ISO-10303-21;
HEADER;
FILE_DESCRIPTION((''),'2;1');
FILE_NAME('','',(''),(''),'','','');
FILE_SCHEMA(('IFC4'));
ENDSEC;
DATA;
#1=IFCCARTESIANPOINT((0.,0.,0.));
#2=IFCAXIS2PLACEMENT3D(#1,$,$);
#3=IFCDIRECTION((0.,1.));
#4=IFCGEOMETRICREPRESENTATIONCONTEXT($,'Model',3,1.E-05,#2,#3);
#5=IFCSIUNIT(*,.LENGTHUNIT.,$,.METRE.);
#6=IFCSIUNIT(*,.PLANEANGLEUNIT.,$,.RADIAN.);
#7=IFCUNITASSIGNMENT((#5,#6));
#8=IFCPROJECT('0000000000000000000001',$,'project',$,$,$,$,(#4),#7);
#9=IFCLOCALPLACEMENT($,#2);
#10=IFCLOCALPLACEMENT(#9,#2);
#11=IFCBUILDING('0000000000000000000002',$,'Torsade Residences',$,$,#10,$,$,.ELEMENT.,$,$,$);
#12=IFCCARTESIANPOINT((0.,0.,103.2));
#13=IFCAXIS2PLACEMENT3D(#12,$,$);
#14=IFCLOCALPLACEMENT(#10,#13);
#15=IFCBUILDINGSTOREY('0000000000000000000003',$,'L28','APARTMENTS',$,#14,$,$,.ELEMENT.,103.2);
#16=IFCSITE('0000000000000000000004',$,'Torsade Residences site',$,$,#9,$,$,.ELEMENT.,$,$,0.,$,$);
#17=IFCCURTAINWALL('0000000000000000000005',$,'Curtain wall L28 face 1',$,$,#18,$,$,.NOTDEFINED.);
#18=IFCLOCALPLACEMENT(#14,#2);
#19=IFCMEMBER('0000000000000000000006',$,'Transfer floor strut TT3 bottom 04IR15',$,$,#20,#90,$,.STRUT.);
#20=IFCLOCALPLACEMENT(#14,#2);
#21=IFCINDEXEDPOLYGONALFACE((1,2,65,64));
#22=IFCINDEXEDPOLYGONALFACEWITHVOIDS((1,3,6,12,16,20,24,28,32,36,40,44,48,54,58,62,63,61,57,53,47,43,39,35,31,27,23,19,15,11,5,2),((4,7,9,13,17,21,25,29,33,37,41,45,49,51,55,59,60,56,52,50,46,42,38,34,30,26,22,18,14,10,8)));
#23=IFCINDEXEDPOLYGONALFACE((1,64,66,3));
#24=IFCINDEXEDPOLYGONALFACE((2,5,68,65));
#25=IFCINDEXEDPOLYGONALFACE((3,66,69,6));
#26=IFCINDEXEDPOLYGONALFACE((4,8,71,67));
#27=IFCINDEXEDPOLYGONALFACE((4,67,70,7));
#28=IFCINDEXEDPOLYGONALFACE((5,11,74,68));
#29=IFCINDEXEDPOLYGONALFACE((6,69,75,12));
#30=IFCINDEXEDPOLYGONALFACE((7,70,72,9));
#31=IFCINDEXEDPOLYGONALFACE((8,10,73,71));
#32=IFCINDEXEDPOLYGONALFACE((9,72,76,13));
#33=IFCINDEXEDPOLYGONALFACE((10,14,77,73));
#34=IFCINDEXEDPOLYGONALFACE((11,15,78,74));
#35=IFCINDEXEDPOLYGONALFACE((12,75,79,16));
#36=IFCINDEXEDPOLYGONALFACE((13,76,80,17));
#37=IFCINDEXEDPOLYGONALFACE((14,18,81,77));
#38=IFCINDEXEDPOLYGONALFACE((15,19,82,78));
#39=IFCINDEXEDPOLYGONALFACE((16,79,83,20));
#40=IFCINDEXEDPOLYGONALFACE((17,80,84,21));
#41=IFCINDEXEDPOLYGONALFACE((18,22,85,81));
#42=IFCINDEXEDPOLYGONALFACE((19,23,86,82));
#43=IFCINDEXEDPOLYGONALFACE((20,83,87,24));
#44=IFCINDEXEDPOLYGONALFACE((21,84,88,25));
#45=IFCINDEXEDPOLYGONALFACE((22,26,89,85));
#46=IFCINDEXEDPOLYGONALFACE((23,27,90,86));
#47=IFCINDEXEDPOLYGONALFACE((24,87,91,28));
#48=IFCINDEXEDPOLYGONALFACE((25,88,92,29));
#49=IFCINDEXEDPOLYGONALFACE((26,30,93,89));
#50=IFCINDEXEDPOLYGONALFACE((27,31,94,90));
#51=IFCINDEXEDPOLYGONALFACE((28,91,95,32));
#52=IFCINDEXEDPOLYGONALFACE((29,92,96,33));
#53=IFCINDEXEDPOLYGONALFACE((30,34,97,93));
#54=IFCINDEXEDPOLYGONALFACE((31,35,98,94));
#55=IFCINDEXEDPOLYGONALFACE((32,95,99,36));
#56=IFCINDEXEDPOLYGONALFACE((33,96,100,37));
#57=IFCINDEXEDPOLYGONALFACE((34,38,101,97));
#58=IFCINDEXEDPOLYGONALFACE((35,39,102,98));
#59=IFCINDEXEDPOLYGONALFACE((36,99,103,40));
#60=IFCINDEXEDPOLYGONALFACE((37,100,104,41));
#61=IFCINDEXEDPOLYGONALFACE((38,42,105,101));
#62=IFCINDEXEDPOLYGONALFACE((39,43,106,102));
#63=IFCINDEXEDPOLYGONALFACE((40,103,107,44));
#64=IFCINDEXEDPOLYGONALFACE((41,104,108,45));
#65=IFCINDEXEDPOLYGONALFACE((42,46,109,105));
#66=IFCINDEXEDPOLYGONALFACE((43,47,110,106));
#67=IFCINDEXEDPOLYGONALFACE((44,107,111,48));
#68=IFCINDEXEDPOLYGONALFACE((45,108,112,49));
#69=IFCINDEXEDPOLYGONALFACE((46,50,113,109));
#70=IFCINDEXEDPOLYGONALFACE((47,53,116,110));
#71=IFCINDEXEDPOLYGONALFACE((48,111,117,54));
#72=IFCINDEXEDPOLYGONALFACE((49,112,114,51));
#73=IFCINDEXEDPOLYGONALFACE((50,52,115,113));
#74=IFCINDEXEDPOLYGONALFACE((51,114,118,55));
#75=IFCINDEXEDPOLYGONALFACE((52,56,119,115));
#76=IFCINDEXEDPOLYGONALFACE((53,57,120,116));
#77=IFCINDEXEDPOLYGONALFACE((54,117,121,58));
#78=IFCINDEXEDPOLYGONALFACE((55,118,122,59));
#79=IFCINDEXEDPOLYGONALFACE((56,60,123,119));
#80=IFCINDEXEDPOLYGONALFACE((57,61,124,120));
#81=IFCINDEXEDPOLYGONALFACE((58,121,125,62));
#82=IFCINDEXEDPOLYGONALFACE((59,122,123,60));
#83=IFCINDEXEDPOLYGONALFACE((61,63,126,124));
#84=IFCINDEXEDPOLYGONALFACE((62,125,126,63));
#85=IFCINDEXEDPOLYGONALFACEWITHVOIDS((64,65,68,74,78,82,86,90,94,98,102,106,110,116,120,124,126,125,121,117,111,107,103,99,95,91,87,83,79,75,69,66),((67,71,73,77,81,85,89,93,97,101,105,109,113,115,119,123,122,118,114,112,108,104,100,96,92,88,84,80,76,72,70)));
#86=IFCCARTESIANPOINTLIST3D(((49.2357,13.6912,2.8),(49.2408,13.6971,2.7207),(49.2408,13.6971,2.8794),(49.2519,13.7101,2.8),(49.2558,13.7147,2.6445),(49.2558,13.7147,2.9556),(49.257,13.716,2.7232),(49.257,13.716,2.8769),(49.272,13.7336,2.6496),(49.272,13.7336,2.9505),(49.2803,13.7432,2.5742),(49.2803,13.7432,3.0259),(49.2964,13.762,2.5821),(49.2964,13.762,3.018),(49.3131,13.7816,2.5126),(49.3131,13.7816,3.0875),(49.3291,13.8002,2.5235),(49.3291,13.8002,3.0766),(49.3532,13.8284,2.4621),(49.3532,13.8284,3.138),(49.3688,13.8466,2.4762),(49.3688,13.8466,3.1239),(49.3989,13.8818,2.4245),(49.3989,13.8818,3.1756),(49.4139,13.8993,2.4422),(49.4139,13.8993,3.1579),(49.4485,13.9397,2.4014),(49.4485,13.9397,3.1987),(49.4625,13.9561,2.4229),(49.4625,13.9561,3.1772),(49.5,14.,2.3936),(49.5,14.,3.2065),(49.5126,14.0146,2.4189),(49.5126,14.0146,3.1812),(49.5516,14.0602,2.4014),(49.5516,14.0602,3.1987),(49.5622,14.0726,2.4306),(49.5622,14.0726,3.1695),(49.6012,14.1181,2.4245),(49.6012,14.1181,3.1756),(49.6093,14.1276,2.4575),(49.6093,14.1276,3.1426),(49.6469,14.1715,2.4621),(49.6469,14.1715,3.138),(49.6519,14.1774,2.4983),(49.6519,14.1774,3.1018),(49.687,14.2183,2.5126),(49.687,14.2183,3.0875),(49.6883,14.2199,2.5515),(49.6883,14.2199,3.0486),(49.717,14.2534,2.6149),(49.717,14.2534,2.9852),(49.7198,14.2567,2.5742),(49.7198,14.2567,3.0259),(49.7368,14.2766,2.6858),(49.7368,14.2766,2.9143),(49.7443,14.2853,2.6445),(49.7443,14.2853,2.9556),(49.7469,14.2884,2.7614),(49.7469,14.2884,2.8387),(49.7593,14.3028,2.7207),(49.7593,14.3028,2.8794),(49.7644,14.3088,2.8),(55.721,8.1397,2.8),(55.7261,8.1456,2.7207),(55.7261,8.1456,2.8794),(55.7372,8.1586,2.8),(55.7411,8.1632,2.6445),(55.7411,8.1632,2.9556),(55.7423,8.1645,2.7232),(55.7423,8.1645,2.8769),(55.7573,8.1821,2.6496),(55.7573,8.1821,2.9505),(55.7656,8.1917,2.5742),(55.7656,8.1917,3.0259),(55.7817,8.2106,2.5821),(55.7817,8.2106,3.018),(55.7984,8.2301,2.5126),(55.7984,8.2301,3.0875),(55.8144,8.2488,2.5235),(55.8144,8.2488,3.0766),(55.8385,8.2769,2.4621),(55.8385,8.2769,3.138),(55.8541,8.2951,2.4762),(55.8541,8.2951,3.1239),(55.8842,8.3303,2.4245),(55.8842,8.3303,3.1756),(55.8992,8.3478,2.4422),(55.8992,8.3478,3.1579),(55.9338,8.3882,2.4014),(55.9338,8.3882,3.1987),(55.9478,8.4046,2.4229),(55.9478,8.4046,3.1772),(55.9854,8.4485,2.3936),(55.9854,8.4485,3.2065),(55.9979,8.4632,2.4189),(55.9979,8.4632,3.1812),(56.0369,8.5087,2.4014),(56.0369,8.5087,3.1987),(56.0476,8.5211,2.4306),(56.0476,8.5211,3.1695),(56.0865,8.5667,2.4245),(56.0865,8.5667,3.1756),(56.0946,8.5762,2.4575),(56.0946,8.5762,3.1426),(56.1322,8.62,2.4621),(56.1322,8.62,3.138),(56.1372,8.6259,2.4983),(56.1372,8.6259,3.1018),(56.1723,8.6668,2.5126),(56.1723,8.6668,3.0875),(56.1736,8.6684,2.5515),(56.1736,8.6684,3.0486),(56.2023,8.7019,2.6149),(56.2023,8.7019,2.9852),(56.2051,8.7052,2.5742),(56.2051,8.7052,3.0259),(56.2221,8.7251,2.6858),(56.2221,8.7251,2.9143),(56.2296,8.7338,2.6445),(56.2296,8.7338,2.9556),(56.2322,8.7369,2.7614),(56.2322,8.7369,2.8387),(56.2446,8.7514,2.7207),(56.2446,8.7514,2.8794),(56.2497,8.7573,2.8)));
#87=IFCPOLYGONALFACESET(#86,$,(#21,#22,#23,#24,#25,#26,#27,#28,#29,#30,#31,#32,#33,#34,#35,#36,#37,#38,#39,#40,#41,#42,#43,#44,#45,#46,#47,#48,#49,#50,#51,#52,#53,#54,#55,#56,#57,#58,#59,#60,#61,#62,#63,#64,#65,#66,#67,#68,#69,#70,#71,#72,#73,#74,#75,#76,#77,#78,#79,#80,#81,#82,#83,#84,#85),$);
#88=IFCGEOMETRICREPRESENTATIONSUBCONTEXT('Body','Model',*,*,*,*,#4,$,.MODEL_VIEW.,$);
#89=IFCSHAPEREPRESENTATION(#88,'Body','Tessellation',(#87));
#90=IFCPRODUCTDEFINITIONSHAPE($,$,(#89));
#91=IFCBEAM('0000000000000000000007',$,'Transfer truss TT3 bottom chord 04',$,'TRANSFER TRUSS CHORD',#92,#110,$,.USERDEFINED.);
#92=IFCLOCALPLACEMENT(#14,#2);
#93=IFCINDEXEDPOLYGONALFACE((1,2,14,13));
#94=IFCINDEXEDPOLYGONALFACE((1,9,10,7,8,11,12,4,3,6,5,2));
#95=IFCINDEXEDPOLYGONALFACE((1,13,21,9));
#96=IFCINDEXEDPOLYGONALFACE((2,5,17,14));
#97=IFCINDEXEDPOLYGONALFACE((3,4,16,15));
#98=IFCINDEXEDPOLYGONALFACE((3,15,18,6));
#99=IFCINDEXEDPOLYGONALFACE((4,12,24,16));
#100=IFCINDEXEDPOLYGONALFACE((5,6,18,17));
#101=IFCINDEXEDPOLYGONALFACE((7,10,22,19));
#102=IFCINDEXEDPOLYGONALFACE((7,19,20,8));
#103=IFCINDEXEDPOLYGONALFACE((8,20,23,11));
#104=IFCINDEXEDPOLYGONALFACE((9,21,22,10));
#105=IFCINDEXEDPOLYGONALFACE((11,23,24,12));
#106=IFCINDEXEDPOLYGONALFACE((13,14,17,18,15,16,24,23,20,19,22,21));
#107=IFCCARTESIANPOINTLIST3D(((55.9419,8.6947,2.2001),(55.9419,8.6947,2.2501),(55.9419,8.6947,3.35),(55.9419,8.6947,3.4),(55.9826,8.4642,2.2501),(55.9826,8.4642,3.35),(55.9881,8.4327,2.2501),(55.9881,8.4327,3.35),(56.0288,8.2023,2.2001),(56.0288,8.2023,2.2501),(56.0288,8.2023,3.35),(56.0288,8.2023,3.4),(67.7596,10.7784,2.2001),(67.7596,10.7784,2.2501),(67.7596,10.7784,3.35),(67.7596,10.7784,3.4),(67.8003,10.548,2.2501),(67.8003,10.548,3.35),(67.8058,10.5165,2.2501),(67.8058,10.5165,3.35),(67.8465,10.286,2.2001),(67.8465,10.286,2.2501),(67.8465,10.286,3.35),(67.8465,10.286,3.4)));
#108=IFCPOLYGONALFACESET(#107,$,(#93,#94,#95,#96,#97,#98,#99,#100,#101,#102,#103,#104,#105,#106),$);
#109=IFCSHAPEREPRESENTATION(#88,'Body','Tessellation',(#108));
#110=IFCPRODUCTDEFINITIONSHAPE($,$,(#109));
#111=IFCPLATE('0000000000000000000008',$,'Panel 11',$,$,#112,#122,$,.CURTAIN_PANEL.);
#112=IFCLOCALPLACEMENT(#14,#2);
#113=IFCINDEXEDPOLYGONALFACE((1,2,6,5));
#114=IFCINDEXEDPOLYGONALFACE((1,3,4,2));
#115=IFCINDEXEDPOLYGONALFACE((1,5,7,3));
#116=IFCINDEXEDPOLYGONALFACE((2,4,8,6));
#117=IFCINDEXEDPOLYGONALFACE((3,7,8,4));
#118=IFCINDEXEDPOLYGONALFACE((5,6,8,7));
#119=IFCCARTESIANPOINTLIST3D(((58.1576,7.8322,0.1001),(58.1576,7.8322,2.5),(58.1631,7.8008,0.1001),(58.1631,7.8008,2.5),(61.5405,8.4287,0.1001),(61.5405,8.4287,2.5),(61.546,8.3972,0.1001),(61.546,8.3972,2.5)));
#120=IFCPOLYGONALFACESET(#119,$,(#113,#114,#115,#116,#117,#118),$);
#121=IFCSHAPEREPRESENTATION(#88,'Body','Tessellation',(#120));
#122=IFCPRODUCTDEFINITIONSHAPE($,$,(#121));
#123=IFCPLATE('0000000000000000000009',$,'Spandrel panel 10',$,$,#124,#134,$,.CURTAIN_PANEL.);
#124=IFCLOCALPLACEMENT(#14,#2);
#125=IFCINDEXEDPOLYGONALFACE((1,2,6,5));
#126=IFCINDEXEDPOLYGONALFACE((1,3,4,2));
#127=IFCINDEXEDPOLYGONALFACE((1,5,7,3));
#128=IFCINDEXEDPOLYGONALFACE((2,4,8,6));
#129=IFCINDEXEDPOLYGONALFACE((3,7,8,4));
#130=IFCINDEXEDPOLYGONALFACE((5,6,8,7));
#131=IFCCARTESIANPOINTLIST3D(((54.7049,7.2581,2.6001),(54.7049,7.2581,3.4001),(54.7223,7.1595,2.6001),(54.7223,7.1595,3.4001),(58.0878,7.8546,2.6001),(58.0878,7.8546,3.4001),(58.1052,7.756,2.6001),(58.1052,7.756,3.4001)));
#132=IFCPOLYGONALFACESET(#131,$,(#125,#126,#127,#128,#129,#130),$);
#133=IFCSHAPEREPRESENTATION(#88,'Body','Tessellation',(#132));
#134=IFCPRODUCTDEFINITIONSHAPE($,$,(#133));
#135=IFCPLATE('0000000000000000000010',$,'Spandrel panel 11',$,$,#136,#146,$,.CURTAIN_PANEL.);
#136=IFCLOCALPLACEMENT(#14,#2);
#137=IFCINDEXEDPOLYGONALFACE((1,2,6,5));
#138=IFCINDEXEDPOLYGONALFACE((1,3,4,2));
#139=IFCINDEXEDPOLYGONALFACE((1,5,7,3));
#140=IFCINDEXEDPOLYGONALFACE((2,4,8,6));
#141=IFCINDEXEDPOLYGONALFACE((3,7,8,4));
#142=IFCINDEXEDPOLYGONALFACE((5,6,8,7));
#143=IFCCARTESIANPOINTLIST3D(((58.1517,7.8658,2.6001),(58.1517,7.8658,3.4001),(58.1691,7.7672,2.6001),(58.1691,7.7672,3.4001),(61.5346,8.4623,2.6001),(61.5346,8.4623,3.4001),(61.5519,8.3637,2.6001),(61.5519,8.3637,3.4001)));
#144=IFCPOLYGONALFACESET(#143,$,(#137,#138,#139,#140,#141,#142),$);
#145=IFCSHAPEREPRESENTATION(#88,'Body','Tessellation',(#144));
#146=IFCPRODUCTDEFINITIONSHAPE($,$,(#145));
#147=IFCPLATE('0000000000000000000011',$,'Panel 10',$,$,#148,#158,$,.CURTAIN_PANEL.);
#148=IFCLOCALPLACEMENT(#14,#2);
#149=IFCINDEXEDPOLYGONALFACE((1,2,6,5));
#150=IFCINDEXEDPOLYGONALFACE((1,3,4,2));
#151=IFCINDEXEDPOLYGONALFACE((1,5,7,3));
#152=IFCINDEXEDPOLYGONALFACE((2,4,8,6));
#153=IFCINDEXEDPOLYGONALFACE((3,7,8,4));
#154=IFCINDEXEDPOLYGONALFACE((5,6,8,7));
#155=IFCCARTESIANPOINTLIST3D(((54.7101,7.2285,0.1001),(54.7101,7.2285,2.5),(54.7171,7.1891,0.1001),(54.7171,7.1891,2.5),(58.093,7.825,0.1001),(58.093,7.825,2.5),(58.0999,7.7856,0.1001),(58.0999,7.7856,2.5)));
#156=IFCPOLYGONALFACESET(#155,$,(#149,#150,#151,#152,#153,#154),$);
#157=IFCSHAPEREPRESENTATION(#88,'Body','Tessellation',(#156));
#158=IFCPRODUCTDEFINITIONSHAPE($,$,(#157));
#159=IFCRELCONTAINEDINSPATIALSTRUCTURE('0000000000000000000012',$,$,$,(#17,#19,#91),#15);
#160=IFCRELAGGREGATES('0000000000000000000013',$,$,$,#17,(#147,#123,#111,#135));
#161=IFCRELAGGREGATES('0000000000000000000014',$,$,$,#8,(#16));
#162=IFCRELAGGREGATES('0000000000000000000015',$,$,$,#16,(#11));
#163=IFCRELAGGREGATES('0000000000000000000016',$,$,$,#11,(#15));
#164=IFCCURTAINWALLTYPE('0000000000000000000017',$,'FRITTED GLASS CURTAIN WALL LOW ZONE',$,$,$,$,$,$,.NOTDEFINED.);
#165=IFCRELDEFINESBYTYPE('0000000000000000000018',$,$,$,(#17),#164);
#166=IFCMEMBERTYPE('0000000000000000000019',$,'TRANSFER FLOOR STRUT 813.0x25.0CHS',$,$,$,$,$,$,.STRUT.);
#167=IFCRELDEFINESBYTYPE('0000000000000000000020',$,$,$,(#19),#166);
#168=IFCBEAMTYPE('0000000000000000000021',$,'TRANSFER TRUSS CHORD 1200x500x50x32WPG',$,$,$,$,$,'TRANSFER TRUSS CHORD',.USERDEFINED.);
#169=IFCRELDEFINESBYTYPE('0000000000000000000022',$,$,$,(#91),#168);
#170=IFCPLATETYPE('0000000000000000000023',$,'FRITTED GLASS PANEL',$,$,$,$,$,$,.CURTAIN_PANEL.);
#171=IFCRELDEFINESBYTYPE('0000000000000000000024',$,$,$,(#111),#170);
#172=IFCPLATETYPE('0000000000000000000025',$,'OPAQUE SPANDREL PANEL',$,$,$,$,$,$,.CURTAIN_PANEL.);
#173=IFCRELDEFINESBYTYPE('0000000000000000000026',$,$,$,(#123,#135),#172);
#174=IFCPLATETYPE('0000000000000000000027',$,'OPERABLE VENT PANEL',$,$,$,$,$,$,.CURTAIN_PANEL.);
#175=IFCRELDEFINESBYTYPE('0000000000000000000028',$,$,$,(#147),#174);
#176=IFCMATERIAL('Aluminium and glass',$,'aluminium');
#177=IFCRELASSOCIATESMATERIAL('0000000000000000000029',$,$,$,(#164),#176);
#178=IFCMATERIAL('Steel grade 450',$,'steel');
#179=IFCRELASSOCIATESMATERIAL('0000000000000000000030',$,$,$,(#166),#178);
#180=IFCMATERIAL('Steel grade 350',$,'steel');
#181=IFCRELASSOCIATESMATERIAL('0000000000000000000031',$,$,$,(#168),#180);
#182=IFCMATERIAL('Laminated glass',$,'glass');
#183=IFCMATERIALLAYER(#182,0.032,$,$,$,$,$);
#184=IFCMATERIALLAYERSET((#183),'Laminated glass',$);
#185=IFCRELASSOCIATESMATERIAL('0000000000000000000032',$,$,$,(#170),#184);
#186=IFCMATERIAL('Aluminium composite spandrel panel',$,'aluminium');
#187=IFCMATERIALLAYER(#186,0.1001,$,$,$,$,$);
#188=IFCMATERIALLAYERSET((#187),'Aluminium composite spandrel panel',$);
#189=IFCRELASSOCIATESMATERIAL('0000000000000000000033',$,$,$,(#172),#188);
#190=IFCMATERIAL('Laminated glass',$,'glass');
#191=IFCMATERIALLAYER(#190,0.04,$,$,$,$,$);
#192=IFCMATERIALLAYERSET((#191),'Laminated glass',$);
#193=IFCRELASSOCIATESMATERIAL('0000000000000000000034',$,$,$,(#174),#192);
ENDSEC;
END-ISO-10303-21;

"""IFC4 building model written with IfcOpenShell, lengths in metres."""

from ifc_helpers import new_model, si_unit, direction, frame, origin, origin_2d, place, context, subcontext, project, spatial, rectangle, hollow_circle, i_section, extrude, material, layer, layer_set, material_profile, profile_set, type_object, element, aggregate, save


model = new_model("IFC4")

# Units and contexts
model_context = context("Model", 3, precision=1e-05, world=origin(), true_north=direction((0.0, 1.0)))
body_context = subcontext(model_context, "Body", "Model", "MODEL_VIEW")
ifc_project = project(units=[si_unit("LENGTHUNIT", "METRE"), si_unit("PLANEANGLEUNIT", "RADIAN")], contexts=[model_context])

# Site, building, storey
site_placement = place(None, origin())
site = spatial("IfcSite", under=ifc_project, at=site_placement, Name="Torsade Residences site", CompositionType="ELEMENT", RefElevation=0.0)
building_placement = place(site_placement, origin())
building = spatial("IfcBuilding", under=site, at=building_placement, Name="Torsade Residences", CompositionType="ELEMENT")
storey_placement = place(building_placement, frame((0.0, 0.0, 103.2)))
storey = spatial("IfcBuildingStorey", under=building, at=storey_placement, Name="L28", Description="APARTMENTS", CompositionType="ELEMENT", Elevation=103.2)

# Curtain wall
ifc_material_1 = material(Name="Aluminium and glass", Category="aluminium")
curtain_wall_type = type_object("IfcCurtainWallType", Name="FRITTED GLASS CURTAIN WALL LOW ZONE", PredefinedType="NOTDEFINED", material=ifc_material_1)
curtain_wall_placement = place(storey_placement, origin())
curtain_wall = element("IfcCurtainWall", 1, at=curtain_wall_placement, inside=storey, type_object=curtain_wall_type, Name="Curtain wall L28 face 1", PredefinedType="NOTDEFINED")

# Member
ifc_material_2 = material(Name="Steel grade 450", Category="steel")
ifc_material_profile_1 = material_profile(ifc_material_2, hollow_circle(Radius=0.4065, WallThickness=0.0249, at=origin_2d()), Name="813.0x25.0CHS")
ifc_profile_set_1 = profile_set([ifc_material_profile_1], Name="Steel grade 450")
member_type_1 = type_object("IfcMemberType", Name="TRANSFER FLOOR STRUT 813.0x25.0CHS", PredefinedType="STRUT", material=ifc_profile_set_1)
member_1_placement = place(storey_placement, frame((55.9854, 8.4485, 2.8), z_axis=(-0.759682, 0.650294, 0.0), x_axis=(-0.650294, -0.759682, 0.0)))
element("IfcMember", 2, at=member_1_placement, inside=storey, type_object=member_type_1, Name="Transfer floor strut TT3 bottom 04IR15", PredefinedType="STRUT", context=body_context, shape_type="SweptSolid", body=[
    extrude(hollow_circle(Radius=0.4065, WallThickness=0.0249, at=origin_2d()), origin(), (0.0, 0.0, 1.0), 8.5369),
])

# Beam
ifc_material_3 = material(Name="Steel grade 350", Category="steel")
ifc_material_profile_2 = material_profile(ifc_material_3, i_section(OverallWidth=0.5, OverallDepth=1.2, WebThickness=0.032, FlangeThickness=0.05, at=origin_2d()), Name="1200x500x50x32WPG")
ifc_profile_set_2 = profile_set([ifc_material_profile_2], Name="Steel grade 350")
beam_type_1 = type_object("IfcBeamType", Name="TRANSFER TRUSS CHORD 1200x500x50x32WPG", ElementType="TRANSFER TRUSS CHORD", PredefinedType="USERDEFINED", material=ifc_profile_set_2)
beam_1_placement = place(storey_placement, frame((55.9854, 8.4485, 2.8), z_axis=(0.984808, 0.173646, 0.0), x_axis=(-0.173646, 0.984808, 0.0)))
element("IfcBeam", 3, at=beam_1_placement, inside=storey, type_object=beam_type_1, Name="Transfer truss TT3 bottom chord 04", ObjectType="TRANSFER TRUSS CHORD", PredefinedType="USERDEFINED", context=body_context, shape_type="SweptSolid", body=[
    extrude(i_section(OverallWidth=0.5, OverallDepth=1.2, WebThickness=0.032, FlangeThickness=0.05, at=origin_2d()), origin(), (0.0, 0.0, 1.0), 12.0),
])

# Plates
ifc_material_4 = material(Name="Laminated glass", Category="glass")
ifc_layer_1 = layer(ifc_material_4, 0.032)
ifc_layer_set_1 = layer_set([ifc_layer_1], Name="Laminated glass")
plate_type_1 = type_object("IfcPlateType", Name="FRITTED GLASS PANEL", PredefinedType="CURTAIN_PANEL", material=ifc_layer_set_1)
plate_1_placement = place(storey_placement, frame((59.8518, 8.1147, 0.1001), z_axis=(0.0, 0.0, 1.0), x_axis=(0.984808, 0.173648, 0.0)))
plate_1 = element("IfcPlate", 4, at=plate_1_placement, type_object=plate_type_1, Name="Panel 11", PredefinedType="CURTAIN_PANEL", context=body_context, shape_type="SweptSolid", body=[
    extrude(rectangle(XDim=3.4351, YDim=0.032, at=origin_2d()), origin(), (0.0, 0.0, 1.0), 2.3999),
])
ifc_material_5 = material(Name="Aluminium composite spandrel panel", Category="aluminium")
ifc_layer_2 = layer(ifc_material_5, 0.1001)
ifc_layer_set_2 = layer_set([ifc_layer_2], Name="Aluminium composite spandrel panel")
plate_type_2 = type_object("IfcPlateType", Name="OPAQUE SPANDREL PANEL", PredefinedType="CURTAIN_PANEL", material=ifc_layer_set_2)
plate_2_placement = place(storey_placement, frame((56.405, 7.5071, 2.6001), z_axis=(0.0, 0.0, 1.0), x_axis=(0.984808, 0.173648, 0.0)))
plate_2 = element("IfcPlate", 5, at=plate_2_placement, type_object=plate_type_2, Name="Spandrel panel 10", PredefinedType="CURTAIN_PANEL", context=body_context, shape_type="SweptSolid", body=[
    extrude(rectangle(XDim=3.4351, YDim=0.1001, at=origin_2d()), origin(), (0.0, 0.0, 1.0), 0.8),
])
plate_3_placement = place(storey_placement, frame((59.8518, 8.1147, 2.6001), z_axis=(0.0, 0.0, 1.0), x_axis=(0.984808, 0.173648, 0.0)))
plate_3 = element("IfcPlate", 6, at=plate_3_placement, type_object=plate_type_2, Name="Spandrel panel 11", PredefinedType="CURTAIN_PANEL", context=body_context, shape_type="SweptSolid", body=[
    extrude(rectangle(XDim=3.4351, YDim=0.1001, at=origin_2d()), origin(), (0.0, 0.0, 1.0), 0.8),
])
ifc_material_6 = material(Name="Laminated glass", Category="glass")
ifc_layer_3 = layer(ifc_material_6, 0.04)
ifc_layer_set_3 = layer_set([ifc_layer_3], Name="Laminated glass")
plate_type_3 = type_object("IfcPlateType", Name="OPERABLE VENT PANEL", PredefinedType="CURTAIN_PANEL", material=ifc_layer_set_3)
plate_4_placement = place(storey_placement, frame((56.405, 7.5071, 0.1001), z_axis=(0.0, 0.0, 1.0), x_axis=(0.984808, 0.173648, 0.0)))
plate_4 = element("IfcPlate", 7, at=plate_4_placement, type_object=plate_type_3, Name="Panel 10", PredefinedType="CURTAIN_PANEL", context=body_context, shape_type="SweptSolid", body=[
    extrude(rectangle(XDim=3.4351, YDim=0.04, at=origin_2d()), origin(), (0.0, 0.0, 1.0), 2.3999),
])
aggregate(curtain_wall, [plate_4, plate_2, plate_1, plate_3])

save(model, "model.ifc")
